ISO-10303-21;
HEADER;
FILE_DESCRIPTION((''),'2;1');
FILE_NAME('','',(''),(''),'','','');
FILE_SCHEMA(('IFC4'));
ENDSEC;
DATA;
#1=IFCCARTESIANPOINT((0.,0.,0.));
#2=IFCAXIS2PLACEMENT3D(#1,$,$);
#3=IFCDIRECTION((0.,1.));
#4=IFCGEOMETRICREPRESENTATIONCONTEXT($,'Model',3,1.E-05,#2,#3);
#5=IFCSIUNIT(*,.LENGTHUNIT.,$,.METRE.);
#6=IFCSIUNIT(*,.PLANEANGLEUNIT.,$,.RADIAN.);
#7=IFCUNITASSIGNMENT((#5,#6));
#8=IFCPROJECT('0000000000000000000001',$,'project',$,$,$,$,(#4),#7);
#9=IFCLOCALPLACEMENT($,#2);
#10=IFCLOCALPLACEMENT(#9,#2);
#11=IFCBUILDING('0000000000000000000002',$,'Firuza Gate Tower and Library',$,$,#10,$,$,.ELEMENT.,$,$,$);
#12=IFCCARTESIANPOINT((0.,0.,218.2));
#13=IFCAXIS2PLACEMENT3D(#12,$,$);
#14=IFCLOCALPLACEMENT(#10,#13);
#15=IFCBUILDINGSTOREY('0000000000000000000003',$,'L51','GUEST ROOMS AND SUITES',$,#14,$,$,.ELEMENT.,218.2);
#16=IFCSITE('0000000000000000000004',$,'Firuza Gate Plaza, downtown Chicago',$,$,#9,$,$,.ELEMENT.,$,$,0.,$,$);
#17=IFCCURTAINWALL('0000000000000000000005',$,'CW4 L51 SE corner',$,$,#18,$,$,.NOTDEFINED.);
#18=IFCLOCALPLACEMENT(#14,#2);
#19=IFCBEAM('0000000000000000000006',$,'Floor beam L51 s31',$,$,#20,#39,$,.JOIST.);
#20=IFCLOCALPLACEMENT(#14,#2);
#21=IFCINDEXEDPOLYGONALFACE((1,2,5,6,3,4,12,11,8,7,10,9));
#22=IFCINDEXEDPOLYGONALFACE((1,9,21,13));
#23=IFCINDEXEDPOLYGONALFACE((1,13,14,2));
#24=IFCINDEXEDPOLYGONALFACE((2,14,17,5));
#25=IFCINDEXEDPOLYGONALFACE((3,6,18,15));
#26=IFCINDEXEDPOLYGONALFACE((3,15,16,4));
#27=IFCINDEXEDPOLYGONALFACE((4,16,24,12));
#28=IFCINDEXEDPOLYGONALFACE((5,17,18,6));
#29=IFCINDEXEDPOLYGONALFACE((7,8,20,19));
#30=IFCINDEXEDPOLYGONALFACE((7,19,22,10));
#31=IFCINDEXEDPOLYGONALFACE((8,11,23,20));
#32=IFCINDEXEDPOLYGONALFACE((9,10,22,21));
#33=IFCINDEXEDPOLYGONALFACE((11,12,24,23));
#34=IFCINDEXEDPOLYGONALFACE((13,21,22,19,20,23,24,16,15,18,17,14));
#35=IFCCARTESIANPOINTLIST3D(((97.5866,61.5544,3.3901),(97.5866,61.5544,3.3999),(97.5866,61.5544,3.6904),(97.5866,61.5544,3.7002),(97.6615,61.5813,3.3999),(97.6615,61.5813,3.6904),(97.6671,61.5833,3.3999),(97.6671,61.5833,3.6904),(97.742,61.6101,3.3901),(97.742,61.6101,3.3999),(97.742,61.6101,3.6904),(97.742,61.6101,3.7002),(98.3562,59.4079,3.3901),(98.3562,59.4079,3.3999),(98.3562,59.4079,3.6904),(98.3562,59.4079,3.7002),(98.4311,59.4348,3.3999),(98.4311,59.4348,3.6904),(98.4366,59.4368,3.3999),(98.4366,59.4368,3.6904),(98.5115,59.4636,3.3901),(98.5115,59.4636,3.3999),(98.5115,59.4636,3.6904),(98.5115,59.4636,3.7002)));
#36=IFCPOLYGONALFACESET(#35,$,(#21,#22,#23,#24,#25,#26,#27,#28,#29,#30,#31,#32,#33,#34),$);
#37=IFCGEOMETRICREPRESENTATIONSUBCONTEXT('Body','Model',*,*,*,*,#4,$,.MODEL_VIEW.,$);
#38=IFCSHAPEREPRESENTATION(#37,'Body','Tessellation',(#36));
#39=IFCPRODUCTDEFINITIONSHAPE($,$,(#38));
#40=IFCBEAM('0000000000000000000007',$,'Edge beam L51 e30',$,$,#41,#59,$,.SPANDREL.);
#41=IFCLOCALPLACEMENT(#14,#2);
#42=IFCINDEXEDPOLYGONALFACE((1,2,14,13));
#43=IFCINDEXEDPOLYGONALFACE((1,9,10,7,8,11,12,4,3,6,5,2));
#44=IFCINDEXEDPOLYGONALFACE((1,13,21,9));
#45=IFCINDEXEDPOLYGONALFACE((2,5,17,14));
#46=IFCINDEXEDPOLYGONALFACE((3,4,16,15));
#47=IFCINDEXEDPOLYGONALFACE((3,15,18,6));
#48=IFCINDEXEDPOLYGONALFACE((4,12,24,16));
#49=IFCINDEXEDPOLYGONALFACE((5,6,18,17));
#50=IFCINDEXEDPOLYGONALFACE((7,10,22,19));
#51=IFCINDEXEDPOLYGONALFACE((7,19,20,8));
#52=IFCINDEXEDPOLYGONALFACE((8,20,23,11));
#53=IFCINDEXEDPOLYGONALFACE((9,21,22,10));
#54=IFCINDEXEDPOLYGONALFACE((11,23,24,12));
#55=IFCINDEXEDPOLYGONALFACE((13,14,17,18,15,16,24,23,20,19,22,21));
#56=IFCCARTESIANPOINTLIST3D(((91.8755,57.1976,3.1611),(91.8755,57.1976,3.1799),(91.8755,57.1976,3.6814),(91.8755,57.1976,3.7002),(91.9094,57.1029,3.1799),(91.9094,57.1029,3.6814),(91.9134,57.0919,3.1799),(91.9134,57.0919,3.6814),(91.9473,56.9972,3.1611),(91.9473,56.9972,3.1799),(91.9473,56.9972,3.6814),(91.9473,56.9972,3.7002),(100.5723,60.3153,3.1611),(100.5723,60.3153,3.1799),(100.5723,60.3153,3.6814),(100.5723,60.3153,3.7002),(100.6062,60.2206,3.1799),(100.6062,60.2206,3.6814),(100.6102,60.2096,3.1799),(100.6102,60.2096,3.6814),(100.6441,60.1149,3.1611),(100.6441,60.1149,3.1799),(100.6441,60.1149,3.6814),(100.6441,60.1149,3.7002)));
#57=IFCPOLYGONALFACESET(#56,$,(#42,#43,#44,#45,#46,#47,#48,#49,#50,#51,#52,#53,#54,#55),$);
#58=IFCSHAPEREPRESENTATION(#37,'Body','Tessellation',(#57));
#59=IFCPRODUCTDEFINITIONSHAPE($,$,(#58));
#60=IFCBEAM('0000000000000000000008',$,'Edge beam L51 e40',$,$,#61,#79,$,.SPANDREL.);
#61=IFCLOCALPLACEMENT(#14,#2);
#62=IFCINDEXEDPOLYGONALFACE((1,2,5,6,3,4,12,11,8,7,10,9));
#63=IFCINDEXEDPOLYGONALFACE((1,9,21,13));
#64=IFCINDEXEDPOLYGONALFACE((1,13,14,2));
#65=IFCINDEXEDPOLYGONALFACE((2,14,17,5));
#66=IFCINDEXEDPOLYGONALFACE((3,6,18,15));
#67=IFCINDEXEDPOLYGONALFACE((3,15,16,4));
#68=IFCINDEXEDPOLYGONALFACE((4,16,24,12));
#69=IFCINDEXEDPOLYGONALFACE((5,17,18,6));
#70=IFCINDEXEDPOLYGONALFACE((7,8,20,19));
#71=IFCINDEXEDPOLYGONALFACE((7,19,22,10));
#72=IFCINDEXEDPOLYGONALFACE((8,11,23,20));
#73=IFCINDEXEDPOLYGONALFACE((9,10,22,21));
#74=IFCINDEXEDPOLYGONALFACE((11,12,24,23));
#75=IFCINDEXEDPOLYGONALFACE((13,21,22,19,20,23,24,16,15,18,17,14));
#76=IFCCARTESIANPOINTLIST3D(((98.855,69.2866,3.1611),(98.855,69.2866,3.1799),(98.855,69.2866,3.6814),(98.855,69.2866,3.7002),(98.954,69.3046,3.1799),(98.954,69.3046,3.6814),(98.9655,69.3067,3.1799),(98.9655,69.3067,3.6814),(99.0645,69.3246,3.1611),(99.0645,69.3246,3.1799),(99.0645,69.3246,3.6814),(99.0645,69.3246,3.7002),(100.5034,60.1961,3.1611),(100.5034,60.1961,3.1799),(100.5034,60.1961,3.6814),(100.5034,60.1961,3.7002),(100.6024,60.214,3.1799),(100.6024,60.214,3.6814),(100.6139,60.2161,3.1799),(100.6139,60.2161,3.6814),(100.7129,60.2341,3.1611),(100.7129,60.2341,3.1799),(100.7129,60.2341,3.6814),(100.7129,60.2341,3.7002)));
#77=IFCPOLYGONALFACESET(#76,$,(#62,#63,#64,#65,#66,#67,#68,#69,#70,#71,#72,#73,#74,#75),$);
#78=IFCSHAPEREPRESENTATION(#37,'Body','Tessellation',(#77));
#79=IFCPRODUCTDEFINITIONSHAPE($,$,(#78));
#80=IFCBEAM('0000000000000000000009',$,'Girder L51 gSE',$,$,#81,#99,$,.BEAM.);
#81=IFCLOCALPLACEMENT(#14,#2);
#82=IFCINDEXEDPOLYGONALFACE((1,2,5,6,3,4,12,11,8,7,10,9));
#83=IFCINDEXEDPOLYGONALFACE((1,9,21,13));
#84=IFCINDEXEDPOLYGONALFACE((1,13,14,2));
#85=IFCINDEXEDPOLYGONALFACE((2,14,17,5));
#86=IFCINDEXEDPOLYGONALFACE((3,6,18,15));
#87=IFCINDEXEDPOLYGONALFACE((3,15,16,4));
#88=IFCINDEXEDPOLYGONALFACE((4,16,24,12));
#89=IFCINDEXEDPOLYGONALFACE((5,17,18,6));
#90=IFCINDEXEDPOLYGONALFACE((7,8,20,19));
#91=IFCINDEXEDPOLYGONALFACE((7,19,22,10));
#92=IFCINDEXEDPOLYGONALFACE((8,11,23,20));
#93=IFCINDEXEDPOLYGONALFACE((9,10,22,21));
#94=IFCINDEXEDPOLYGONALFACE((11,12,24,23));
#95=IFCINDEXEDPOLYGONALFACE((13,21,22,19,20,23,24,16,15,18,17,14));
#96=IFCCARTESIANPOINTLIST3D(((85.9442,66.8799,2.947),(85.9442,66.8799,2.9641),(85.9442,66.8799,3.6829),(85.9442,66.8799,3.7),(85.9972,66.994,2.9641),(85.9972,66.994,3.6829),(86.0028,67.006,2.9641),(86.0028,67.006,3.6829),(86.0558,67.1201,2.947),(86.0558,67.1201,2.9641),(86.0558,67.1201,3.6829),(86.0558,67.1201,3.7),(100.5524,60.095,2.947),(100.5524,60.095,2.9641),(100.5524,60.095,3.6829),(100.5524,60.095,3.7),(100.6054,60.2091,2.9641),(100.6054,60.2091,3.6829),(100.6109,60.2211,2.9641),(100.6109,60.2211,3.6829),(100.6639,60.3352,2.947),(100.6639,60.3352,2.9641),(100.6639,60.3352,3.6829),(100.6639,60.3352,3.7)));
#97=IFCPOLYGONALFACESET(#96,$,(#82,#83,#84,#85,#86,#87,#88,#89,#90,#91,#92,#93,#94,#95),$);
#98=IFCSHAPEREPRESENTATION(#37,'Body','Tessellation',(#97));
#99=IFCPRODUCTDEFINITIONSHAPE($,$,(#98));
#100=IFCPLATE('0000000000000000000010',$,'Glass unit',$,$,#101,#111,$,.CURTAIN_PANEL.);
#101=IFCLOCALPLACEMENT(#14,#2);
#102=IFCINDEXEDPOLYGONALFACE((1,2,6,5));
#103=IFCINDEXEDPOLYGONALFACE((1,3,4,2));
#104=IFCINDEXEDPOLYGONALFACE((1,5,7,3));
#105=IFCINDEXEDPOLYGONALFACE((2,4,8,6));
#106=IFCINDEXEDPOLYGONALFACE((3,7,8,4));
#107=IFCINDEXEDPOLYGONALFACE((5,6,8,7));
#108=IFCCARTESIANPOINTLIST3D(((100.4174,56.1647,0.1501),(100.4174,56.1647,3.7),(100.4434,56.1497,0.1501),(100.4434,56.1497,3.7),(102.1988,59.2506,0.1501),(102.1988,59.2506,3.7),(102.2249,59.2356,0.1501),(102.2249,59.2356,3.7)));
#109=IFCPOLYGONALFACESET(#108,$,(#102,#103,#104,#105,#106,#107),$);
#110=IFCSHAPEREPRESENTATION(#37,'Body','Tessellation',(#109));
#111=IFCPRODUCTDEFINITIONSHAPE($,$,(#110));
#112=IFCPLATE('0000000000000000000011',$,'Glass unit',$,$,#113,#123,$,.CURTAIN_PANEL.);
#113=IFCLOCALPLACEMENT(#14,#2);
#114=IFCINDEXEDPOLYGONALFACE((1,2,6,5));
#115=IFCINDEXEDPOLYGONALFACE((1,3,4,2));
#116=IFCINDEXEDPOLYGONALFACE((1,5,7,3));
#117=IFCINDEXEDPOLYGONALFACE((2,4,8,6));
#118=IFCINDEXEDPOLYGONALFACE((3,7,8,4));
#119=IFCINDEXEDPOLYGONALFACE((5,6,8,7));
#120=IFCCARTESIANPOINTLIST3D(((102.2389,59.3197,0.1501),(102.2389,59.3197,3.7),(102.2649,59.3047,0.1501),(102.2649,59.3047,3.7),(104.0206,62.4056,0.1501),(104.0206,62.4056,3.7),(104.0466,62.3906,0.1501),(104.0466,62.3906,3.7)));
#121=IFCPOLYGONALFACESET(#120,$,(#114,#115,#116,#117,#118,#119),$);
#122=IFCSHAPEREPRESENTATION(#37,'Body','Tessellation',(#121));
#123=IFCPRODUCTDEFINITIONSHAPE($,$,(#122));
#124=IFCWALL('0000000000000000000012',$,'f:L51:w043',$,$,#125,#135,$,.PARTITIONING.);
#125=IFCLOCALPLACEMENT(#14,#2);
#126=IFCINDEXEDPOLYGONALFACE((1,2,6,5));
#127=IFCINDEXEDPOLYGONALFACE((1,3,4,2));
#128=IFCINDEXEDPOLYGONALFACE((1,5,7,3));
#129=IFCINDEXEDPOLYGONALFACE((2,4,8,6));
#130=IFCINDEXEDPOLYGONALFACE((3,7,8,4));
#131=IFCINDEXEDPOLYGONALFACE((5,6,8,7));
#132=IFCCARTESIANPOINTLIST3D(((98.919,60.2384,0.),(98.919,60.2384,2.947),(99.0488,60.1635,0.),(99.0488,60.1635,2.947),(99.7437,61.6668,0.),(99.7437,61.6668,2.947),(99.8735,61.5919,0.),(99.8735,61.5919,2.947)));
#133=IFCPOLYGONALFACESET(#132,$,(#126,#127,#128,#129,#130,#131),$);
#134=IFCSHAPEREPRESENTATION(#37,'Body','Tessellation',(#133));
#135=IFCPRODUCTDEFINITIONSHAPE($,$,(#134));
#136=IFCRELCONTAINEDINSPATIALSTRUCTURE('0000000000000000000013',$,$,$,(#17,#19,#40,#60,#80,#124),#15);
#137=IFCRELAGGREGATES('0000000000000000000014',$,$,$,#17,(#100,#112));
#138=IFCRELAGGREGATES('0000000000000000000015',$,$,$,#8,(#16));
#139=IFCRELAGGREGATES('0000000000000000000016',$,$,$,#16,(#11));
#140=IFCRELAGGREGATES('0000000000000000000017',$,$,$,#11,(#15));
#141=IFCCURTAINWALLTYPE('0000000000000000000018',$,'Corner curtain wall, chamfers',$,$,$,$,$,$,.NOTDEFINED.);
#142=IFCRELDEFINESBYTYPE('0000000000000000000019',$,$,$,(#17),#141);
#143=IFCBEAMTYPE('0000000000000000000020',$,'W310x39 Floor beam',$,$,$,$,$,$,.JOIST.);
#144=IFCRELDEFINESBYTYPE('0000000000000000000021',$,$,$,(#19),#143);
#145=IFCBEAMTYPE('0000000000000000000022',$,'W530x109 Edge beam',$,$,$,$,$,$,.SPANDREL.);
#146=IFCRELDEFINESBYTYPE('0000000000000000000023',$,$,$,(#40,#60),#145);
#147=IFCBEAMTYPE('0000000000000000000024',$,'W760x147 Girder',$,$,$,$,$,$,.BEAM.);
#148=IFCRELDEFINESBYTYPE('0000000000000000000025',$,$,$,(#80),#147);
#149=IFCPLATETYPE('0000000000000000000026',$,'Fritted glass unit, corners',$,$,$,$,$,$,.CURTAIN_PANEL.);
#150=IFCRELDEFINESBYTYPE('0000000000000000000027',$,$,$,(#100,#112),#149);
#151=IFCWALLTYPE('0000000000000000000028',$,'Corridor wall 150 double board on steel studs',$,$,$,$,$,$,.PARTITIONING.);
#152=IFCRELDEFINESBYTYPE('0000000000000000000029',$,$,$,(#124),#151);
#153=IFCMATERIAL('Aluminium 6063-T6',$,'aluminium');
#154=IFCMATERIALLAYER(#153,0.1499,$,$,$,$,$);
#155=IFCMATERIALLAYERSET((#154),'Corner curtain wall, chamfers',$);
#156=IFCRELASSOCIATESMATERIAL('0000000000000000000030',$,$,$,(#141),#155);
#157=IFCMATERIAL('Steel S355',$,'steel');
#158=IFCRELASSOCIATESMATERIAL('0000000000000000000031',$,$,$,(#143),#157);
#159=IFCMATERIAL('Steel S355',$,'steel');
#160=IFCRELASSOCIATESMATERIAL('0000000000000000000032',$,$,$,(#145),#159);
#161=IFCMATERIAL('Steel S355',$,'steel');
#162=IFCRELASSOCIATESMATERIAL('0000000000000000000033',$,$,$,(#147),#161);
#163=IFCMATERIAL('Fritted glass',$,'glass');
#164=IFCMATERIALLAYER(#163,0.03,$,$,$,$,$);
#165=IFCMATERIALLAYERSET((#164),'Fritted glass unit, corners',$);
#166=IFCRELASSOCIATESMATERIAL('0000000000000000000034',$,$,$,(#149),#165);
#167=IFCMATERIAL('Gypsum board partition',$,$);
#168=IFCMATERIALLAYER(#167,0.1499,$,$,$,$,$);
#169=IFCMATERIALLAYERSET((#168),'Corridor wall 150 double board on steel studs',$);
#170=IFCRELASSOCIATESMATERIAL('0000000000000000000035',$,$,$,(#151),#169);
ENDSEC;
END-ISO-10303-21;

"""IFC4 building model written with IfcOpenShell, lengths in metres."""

from ifc_helpers import new_model, si_unit, direction, frame, frame_2d, origin, origin_2d, place, context, subcontext, project, spatial, polyline, rectangle, i_section, outline, extrude, material, layer, layer_set, material_profile, profile_set, type_object, element, aggregate, save


model = new_model("IFC4")

# Units and contexts
model_context = context("Model", 3, precision=1e-05, world=origin(), true_north=direction((0.0, 1.0)))
body_context = subcontext(model_context, "Body", "Model", "MODEL_VIEW")
ifc_project = project(units=[si_unit("LENGTHUNIT", "METRE"), si_unit("PLANEANGLEUNIT", "RADIAN")], contexts=[model_context])

# Site, building, storey
site_placement = place(None, origin())
site = spatial("IfcSite", under=ifc_project, at=site_placement, Name="Firuza Gate Plaza, downtown Chicago", CompositionType="ELEMENT", RefElevation=0.0)
building_placement = place(site_placement, origin())
building = spatial("IfcBuilding", under=site, at=building_placement, Name="Firuza Gate Tower and Library", CompositionType="ELEMENT")
storey_placement = place(building_placement, frame((0.0, 0.0, 218.2)))
storey = spatial("IfcBuildingStorey", under=building, at=storey_placement, Name="L51", Description="GUEST ROOMS AND SUITES", CompositionType="ELEMENT", Elevation=218.2)

# Curtain wall
ifc_material_1 = material(Name="Aluminium 6063-T6", Category="aluminium")
ifc_layer_1 = layer(ifc_material_1, 0.1499)
ifc_layer_set_1 = layer_set([ifc_layer_1], Name="Corner curtain wall, chamfers")
curtain_wall_type = type_object("IfcCurtainWallType", Name="Corner curtain wall, chamfers", PredefinedType="NOTDEFINED", material=ifc_layer_set_1)
curtain_wall_placement = place(storey_placement, origin())
curtain_wall = element("IfcCurtainWall", 1, at=curtain_wall_placement, inside=storey, type_object=curtain_wall_type, Name="CW4 L51 SE corner", PredefinedType="NOTDEFINED")

# Beams
ifc_material_2 = material(Name="Steel S355", Category="steel")
ifc_material_profile_1 = material_profile(ifc_material_2, i_section(OverallWidth=0.165, OverallDepth=0.3101, WebThickness=0.0059, FlangeThickness=0.0098, at=origin_2d()))
ifc_profile_set_1 = profile_set([ifc_material_profile_1], Name="Steel S355")
beam_type_1 = type_object("IfcBeamType", Name="W310x39 Floor beam", PredefinedType="JOIST", material=ifc_profile_set_1)
beam_1_placement = place(storey_placement, frame((98.4338, 59.4358, 3.5452), z_axis=(-0.337476, 0.941334, 0.0), x_axis=(-0.941334, -0.337476, 0.0)))
element("IfcBeam", 2, at=beam_1_placement, inside=storey, type_object=beam_type_1, Name="Floor beam L51 s31", PredefinedType="JOIST", context=body_context, shape_type="SweptSolid", body=[
    extrude(i_section(OverallWidth=0.165, OverallDepth=0.3101, WebThickness=0.0059, FlangeThickness=0.0098, at=origin_2d()), origin(), (0.0, 0.0, 1.0), 2.2803),
])
ifc_material_3 = material(Name="Steel S355", Category="steel")
ifc_material_profile_2 = material_profile(ifc_material_3, i_section(OverallWidth=0.2129, OverallDepth=0.5391, WebThickness=0.0117, FlangeThickness=0.0188, at=origin_2d()))
ifc_profile_set_2 = profile_set([ifc_material_profile_2], Name="Steel S355")
beam_type_2 = type_object("IfcBeamType", Name="W530x109 Edge beam", PredefinedType="SPANDREL", material=ifc_profile_set_2)
for number, where, z_axis, x_axis, name in (
    (3, (91.9114, 57.0974, 3.4307), (0.941341, 0.337458, 0.0), (-0.337458, 0.941341, 0.0), "Edge beam L51 e30"),
    (4, (100.6082, 60.2151, 3.4307), (-0.178425, 0.983954, 0.0), (-0.983954, -0.178425, 0.0), "Edge beam L51 e40"),
):
    element("IfcBeam", number, at=place(storey_placement, frame(where, z_axis=z_axis, x_axis=x_axis)), inside=storey, type_object=beam_type_2, Name=name, PredefinedType="SPANDREL", context=body_context, shape_type="SweptSolid", body=[
        extrude(i_section(OverallWidth=0.2129, OverallDepth=0.5391, WebThickness=0.0117, FlangeThickness=0.0188, at=origin_2d()), origin(), (0.0, 0.0, 1.0), 9.2388),
    ])
ifc_material_4 = material(Name="Steel S355", Category="steel")
ifc_material_profile_3 = material_profile(ifc_material_4, i_section(OverallWidth=0.2649, OverallDepth=0.7529, WebThickness=0.0132, FlangeThickness=0.0171, at=origin_2d()))
ifc_profile_set_3 = profile_set([ifc_material_profile_3], Name="Steel S355")
beam_type_3 = type_object("IfcBeamType", Name="W760x147 Girder", PredefinedType="BEAM", material=ifc_profile_set_3)
beam_2_placement = place(storey_placement, frame((100.6082, 60.2151, 3.3235), z_axis=(-0.906948, 0.421242, 0.0), x_axis=(-0.421242, -0.906948, 0.0)))
element("IfcBeam", 5, at=beam_2_placement, inside=storey, type_object=beam_type_3, Name="Girder L51 gSE", PredefinedType="BEAM", context=body_context, shape_type="SweptSolid", body=[
    extrude(i_section(OverallWidth=0.2649, OverallDepth=0.7529, WebThickness=0.0132, FlangeThickness=0.0171, at=origin_2d()), origin(), (0.0, 0.0, 1.0), 16.1069),
])

# Plates
ifc_material_5 = material(Name="Fritted glass", Category="glass")
ifc_layer_2 = layer(ifc_material_5, 0.03)
ifc_layer_set_2 = layer_set([ifc_layer_2], Name="Fritted glass unit, corners")
plate_type = type_object("IfcPlateType", Name="Fritted glass unit, corners", PredefinedType="CURTAIN_PANEL", material=ifc_layer_set_2)
plate_1_placement = place(storey_placement, frame((100.4434, 56.1497, 0.1501), z_axis=(0.866046, -0.499964, 0.0), x_axis=(0.499964, 0.866046, 0.0)))
plate_1 = element("IfcPlate", 6, at=plate_1_placement, type_object=plate_type, Name="Glass unit", PredefinedType="CURTAIN_PANEL", context=body_context, shape_type="SweptSolid", body=[
    extrude(outline(polyline([(0.0, 0.0), (3.5632, 0.0), (3.5632, 3.5498), (0.0, 3.5498), (0.0, 0.0)])), origin(), (0.0, 0.0, -1.0), 0.03),
])
plate_2_placement = place(storey_placement, frame((102.2649, 59.3047, 0.1501), z_axis=(0.866017, -0.500015, 0.0), x_axis=(0.500015, 0.866017, 0.0)))
plate_2 = element("IfcPlate", 7, at=plate_2_placement, type_object=plate_type, Name="Glass unit", PredefinedType="CURTAIN_PANEL", context=body_context, shape_type="SweptSolid", body=[
    extrude(outline(polyline([(0.0, 0.0), (3.5634, 0.0), (3.5634, 3.5498), (0.0, 3.5498), (0.0, 0.0)])), origin(), (0.0, 0.0, -1.0), 0.03),
])
aggregate(curtain_wall, [plate_1, plate_2])

# Wall
ifc_material_6 = material(Name="Gypsum board partition")
ifc_layer_3 = layer(ifc_material_6, 0.1499)
ifc_layer_set_3 = layer_set([ifc_layer_3], Name="Corridor wall 150 double board on steel studs")
wall_type_1 = type_object("IfcWallType", Name="Corridor wall 150 double board on steel studs", PredefinedType="PARTITIONING", material=ifc_layer_set_3)
wall_1_placement = place(storey_placement, frame((98.9839, 60.2009, 0.0), z_axis=(0.0, 0.0, 1.0), x_axis=(0.499992, 0.86603, 0.0)))
element("IfcWall", 8, at=wall_1_placement, inside=storey, type_object=wall_type_1, Name="f:L51:w043", PredefinedType="PARTITIONING", context=body_context, shape_type="SweptSolid", body=[
    extrude(rectangle(XDim=1.6494, YDim=0.1499, at=frame_2d((0.8247, 0.0))), origin(), (0.0, 0.0, 1.0), 2.947),
])

save(model, "model.ifc")
